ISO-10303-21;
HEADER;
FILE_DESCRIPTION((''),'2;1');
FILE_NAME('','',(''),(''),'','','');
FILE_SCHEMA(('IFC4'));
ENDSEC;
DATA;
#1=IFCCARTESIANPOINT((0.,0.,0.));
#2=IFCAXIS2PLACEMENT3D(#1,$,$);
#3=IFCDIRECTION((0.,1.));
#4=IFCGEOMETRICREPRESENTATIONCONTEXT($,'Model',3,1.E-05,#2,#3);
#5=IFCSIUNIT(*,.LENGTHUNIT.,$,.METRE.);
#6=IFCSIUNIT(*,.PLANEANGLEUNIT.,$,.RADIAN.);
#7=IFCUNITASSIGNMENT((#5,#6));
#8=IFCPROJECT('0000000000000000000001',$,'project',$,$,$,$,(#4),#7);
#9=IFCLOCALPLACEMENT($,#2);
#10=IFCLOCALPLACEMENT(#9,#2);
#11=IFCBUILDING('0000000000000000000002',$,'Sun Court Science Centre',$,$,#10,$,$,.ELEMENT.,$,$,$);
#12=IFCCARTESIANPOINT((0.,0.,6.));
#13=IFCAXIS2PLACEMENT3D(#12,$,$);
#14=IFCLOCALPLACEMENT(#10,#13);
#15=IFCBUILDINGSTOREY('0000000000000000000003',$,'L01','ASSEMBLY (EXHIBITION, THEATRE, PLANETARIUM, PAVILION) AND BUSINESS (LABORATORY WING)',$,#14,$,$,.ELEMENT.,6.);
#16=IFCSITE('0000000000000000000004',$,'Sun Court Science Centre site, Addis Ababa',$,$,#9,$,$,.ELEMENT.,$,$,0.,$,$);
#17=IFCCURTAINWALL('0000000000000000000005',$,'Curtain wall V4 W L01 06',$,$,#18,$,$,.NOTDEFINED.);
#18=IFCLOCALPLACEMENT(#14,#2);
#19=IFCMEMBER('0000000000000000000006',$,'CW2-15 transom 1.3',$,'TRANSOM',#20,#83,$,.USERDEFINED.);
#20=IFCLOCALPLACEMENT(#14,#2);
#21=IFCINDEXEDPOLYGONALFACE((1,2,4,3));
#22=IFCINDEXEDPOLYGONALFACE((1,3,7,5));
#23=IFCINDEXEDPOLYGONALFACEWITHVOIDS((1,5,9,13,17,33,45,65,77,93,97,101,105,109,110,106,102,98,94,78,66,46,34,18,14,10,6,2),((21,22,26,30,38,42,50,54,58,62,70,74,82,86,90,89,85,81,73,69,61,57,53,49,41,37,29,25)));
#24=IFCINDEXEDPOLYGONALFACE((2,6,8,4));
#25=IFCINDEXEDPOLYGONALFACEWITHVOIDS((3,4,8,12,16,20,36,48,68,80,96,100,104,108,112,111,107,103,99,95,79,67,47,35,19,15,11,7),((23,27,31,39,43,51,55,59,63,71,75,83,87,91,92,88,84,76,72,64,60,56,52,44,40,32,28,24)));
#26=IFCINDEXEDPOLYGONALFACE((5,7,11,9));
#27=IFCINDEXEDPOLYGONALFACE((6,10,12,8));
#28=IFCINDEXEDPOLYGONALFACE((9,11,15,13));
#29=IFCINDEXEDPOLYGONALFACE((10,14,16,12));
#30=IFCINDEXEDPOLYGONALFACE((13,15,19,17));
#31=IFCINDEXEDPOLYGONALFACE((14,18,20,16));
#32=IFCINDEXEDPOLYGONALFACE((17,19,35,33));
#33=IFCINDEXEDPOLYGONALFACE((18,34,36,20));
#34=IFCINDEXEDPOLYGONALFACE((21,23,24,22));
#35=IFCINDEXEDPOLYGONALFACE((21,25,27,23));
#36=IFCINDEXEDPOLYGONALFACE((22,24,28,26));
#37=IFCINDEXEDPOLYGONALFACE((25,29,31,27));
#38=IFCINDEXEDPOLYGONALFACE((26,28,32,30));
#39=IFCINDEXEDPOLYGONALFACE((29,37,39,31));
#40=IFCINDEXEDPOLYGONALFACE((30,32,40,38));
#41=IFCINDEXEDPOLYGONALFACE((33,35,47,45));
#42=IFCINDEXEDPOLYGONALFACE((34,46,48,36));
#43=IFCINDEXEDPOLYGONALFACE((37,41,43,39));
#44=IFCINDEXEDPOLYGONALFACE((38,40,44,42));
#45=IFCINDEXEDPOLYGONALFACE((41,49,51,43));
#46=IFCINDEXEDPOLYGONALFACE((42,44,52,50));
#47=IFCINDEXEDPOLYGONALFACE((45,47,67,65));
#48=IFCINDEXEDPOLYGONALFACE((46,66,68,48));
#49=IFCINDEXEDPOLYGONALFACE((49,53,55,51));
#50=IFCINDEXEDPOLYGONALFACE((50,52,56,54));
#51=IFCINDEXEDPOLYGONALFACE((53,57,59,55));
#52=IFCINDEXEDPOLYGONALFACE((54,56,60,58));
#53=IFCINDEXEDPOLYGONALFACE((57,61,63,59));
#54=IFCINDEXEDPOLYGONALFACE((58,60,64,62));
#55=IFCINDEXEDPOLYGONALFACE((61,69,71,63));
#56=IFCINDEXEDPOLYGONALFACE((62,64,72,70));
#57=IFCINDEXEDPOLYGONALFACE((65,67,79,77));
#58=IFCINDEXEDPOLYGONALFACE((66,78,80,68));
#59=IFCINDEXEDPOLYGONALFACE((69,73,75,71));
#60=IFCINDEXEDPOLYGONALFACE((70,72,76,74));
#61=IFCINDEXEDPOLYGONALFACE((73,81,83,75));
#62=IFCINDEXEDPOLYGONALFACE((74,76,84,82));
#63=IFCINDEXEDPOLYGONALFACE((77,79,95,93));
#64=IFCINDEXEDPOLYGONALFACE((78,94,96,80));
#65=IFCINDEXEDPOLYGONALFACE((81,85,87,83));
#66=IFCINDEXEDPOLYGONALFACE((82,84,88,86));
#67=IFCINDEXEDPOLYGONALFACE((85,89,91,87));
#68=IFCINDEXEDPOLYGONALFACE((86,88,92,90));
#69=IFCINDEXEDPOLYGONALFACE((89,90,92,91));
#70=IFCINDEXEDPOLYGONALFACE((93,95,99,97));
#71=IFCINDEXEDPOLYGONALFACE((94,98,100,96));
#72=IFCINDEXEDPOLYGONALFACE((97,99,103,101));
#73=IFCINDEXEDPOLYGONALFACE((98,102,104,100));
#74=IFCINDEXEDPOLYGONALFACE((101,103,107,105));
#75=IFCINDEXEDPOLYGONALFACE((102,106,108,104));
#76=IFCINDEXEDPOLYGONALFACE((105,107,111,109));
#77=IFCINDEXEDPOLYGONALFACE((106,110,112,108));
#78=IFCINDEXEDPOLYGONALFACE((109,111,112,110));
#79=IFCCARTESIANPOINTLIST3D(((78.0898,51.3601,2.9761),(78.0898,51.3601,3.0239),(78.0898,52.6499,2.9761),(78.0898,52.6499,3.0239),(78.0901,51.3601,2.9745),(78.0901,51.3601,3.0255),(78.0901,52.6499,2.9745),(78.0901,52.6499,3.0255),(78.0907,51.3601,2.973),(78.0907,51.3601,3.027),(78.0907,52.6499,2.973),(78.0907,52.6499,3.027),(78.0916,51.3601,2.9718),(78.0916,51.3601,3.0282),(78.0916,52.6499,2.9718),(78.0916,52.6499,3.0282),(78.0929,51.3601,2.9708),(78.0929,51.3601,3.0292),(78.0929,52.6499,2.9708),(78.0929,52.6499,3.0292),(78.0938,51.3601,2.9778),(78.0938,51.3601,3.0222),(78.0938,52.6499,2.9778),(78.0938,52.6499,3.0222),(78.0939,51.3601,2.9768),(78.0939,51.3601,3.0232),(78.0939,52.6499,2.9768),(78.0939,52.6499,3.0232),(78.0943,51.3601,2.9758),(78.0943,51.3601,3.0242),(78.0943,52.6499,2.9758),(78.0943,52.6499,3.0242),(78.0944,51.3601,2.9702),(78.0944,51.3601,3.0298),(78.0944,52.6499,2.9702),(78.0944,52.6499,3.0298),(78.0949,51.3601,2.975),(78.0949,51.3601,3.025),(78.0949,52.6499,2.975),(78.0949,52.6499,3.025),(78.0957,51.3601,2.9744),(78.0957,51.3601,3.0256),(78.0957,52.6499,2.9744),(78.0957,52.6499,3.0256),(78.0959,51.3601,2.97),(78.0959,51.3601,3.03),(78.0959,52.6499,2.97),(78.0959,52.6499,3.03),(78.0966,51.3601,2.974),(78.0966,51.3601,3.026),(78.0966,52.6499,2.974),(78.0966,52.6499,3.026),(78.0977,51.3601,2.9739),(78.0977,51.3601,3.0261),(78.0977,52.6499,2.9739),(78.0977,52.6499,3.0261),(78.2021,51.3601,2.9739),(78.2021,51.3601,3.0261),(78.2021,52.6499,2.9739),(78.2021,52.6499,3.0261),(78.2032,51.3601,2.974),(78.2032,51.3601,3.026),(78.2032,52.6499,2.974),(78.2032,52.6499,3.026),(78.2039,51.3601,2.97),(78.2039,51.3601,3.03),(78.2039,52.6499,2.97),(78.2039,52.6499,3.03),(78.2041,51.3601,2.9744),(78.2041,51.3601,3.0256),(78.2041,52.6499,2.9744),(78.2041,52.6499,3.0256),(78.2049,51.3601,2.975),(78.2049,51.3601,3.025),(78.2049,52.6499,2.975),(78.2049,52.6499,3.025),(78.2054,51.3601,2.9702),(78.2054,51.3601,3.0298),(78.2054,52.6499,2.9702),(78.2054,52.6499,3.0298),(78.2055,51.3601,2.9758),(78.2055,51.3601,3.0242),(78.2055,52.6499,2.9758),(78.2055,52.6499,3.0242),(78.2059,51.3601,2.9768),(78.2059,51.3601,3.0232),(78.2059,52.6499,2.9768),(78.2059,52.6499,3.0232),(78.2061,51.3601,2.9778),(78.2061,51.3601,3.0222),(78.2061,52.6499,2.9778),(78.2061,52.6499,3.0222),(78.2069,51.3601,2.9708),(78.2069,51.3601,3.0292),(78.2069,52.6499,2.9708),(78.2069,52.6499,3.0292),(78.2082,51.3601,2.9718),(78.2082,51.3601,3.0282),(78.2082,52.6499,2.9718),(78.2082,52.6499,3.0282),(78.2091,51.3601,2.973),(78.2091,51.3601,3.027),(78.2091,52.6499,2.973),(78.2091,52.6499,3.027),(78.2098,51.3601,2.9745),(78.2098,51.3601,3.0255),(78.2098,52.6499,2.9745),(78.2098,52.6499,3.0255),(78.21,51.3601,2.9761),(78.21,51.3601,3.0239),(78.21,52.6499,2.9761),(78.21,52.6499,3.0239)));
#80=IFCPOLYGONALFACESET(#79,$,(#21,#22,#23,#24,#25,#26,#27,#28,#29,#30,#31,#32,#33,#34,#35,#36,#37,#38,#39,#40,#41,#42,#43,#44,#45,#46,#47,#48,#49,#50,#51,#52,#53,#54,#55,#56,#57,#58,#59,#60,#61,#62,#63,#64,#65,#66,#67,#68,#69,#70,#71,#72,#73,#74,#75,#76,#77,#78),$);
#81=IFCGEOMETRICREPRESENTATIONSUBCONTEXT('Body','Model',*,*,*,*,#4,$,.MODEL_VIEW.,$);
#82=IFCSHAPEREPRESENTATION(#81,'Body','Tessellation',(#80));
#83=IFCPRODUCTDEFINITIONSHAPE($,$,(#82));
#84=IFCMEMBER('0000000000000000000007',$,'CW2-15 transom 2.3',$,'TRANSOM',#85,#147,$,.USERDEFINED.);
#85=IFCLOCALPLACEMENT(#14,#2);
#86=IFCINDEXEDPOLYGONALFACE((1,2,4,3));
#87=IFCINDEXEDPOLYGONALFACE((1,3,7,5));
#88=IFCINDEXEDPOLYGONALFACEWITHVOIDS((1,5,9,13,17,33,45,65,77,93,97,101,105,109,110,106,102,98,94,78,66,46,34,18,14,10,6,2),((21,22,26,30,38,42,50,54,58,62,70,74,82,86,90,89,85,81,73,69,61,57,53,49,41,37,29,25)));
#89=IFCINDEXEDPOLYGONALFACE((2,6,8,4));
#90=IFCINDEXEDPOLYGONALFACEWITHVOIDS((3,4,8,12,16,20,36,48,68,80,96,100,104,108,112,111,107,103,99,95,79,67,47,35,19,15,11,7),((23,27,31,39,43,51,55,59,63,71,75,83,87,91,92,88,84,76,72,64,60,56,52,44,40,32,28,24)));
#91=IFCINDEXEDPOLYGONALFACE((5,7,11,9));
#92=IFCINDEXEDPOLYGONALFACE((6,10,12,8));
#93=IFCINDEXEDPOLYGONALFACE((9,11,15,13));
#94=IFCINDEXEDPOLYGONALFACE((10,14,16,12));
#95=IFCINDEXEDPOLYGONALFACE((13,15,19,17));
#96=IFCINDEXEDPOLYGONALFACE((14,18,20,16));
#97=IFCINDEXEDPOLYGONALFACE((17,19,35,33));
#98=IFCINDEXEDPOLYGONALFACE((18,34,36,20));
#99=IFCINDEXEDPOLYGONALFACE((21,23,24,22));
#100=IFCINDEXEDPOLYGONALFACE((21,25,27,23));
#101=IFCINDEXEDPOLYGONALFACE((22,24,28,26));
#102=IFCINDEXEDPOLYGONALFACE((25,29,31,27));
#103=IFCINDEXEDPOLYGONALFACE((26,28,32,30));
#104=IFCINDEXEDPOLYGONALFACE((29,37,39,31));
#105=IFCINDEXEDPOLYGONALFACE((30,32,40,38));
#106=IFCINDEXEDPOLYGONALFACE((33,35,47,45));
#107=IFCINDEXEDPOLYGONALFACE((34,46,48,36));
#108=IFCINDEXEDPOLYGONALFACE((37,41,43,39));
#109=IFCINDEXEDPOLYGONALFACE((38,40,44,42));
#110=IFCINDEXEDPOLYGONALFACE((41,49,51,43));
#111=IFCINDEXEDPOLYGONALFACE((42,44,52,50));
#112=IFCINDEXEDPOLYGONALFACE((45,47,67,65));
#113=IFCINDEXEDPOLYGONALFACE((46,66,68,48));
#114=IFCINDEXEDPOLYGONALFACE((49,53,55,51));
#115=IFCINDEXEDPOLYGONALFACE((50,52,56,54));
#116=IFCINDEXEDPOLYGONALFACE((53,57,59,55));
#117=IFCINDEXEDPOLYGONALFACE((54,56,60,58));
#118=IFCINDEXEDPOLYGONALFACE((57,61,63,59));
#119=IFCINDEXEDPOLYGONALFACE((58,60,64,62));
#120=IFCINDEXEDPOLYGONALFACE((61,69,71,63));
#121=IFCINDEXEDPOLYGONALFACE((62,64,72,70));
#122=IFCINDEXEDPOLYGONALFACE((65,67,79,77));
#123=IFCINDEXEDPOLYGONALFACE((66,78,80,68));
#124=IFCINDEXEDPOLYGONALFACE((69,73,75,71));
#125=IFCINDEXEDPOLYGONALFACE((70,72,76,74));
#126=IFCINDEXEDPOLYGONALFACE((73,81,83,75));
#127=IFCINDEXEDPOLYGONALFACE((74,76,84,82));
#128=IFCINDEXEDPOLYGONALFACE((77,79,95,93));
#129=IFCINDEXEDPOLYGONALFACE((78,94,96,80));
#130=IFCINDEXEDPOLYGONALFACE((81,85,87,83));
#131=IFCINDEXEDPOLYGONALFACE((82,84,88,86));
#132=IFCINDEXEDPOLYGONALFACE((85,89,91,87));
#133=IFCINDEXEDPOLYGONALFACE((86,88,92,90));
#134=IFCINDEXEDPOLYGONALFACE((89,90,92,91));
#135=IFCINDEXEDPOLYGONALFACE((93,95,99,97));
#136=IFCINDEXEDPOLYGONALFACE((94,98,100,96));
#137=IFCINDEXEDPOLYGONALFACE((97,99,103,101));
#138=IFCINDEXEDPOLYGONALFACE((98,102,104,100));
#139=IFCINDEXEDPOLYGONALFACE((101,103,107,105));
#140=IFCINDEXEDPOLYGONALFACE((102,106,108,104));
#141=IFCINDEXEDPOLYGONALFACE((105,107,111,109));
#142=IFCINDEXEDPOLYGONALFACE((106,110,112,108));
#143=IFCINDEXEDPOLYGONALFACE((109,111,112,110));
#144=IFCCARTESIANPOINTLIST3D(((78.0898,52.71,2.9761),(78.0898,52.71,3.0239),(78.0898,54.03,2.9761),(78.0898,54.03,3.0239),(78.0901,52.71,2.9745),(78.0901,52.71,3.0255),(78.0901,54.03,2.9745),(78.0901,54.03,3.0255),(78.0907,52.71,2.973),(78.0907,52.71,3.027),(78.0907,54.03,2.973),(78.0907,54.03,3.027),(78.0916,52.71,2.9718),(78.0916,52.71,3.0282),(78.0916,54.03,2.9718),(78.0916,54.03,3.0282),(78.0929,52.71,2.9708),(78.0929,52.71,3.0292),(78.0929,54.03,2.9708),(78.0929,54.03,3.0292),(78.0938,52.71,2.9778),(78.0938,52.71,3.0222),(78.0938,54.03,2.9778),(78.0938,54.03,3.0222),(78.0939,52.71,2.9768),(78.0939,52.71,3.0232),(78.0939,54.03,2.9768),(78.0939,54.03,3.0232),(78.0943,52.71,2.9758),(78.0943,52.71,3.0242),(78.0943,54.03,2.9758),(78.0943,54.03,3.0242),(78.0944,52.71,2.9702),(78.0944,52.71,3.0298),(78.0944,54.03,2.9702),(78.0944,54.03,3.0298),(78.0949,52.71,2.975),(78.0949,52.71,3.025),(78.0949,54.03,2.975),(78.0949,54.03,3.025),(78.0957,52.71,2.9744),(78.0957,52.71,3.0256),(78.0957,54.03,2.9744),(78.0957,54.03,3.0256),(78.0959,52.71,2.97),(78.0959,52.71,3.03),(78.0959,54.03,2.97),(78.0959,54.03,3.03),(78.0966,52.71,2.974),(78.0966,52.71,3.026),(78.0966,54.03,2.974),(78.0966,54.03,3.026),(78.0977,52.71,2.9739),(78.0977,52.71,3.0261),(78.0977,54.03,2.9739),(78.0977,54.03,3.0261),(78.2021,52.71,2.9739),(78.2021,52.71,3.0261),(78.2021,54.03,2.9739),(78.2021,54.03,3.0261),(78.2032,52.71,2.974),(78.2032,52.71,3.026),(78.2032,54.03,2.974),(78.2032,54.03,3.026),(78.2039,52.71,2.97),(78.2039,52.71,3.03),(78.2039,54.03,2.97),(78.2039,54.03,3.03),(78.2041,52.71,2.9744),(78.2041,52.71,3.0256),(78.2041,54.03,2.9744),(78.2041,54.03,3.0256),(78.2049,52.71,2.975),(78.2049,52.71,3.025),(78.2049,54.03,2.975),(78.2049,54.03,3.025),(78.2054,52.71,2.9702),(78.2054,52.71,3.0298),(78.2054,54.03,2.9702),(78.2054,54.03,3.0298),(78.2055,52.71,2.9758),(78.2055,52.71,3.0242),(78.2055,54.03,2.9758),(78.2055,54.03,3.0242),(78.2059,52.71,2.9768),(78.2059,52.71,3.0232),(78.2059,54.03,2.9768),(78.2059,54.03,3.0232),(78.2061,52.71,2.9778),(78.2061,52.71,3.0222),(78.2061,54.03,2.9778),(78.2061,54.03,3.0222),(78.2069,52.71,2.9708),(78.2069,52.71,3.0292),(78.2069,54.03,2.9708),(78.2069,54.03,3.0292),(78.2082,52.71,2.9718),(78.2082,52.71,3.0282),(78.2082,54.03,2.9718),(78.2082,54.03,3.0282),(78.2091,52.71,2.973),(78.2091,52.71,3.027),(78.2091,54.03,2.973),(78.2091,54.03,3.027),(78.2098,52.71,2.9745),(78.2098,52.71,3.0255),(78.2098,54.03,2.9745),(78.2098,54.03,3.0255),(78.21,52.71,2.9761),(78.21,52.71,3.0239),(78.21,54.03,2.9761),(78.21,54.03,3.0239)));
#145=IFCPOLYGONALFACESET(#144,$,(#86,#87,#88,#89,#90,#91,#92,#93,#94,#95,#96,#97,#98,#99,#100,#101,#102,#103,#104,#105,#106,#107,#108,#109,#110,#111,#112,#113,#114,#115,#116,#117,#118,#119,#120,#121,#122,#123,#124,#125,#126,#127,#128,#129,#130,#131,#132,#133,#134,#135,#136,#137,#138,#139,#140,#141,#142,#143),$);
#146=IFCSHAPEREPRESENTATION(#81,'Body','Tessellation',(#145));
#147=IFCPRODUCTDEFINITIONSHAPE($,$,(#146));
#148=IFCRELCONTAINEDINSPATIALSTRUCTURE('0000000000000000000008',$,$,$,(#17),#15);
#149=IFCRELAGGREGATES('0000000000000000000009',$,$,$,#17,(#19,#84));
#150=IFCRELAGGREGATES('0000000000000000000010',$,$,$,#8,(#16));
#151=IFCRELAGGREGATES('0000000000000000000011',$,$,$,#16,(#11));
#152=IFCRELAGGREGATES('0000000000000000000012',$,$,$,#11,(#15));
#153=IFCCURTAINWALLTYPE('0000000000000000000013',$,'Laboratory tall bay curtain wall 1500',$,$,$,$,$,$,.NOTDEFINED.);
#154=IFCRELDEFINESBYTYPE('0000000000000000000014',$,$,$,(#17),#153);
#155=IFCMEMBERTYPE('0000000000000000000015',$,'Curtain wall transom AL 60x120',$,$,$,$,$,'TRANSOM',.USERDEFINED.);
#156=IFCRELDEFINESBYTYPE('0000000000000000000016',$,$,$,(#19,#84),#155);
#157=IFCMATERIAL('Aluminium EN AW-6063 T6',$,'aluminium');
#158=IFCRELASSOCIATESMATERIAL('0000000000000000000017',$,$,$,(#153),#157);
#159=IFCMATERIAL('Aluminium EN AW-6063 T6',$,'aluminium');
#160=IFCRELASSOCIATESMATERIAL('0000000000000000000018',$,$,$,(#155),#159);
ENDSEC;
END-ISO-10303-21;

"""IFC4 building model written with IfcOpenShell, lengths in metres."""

from ifc_helpers import new_model, si_unit, direction, frame, origin, origin_2d, place, context, subcontext, project, spatial, hollow_rectangle, extrude, material, material_profile, profile_set, type_object, element, aggregate, save


model = new_model("IFC4")

# Units and contexts
model_context = context("Model", 3, precision=1e-05, world=origin(), true_north=direction((0.0, 1.0)))
body_context = subcontext(model_context, "Body", "Model", "MODEL_VIEW")
ifc_project = project(units=[si_unit("LENGTHUNIT", "METRE"), si_unit("PLANEANGLEUNIT", "RADIAN")], contexts=[model_context])

# Site, building, storey
site_placement = place(None, origin())
site = spatial("IfcSite", under=ifc_project, at=site_placement, Name="Sun Court Science Centre site, Addis Ababa", CompositionType="ELEMENT", RefElevation=0.0)
building_placement = place(site_placement, origin())
building = spatial("IfcBuilding", under=site, at=building_placement, Name="Sun Court Science Centre", CompositionType="ELEMENT")
storey_placement = place(building_placement, frame((0.0, 0.0, 6.0)))
storey = spatial("IfcBuildingStorey", under=building, at=storey_placement, Name="L01", Description="ASSEMBLY (EXHIBITION, THEATRE, PLANETARIUM, PAVILION) AND BUSINESS (LABORATORY WING)", CompositionType="ELEMENT", Elevation=6.0)

# Shared definitions
ifc_material_1 = material(Name="Aluminium EN AW-6063 T6", Category="aluminium")
curtain_wall_type = type_object("IfcCurtainWallType", Name="Laboratory tall bay curtain wall 1500", PredefinedType="NOTDEFINED", material=ifc_material_1)

# Curtain wall, members
curtain_wall_1_placement = place(storey_placement, origin())
curtain_wall_1 = element("IfcCurtainWall", 1, at=curtain_wall_1_placement, inside=storey, type_object=curtain_wall_type, Name="Curtain wall V4 W L01 06", PredefinedType="NOTDEFINED")
ifc_material_2 = material(Name="Aluminium EN AW-6063 T6", Category="aluminium")
ifc_material_profile_1 = material_profile(ifc_material_2, hollow_rectangle(XDim=0.0601, YDim=0.1201, WallThickness=0.0039, InnerFilletRadius=0.0039, OuterFilletRadius=0.0061, at=origin_2d()), Name="AL 60x120x4")
ifc_profile_set_1 = profile_set([ifc_material_profile_1], Name="Aluminium EN AW-6063 T6")
member_type_1 = type_object("IfcMemberType", Name="Curtain wall transom AL 60x120", ElementType="TRANSOM", PredefinedType="USERDEFINED", material=ifc_profile_set_1)
member_1_placement = place(storey_placement, frame((78.1499, 51.3601, 3.0), z_axis=(0.0, 1.0, 0.0), x_axis=(0.0, 0.0, 1.0)))
member_1 = element("IfcMember", 2, at=member_1_placement, type_object=member_type_1, Name="CW2-15 transom 1.3", ObjectType="TRANSOM", PredefinedType="USERDEFINED", context=body_context, shape_type="SweptSolid", body=[
    extrude(hollow_rectangle(XDim=0.0601, YDim=0.1201, WallThickness=0.0039, InnerFilletRadius=0.0039, OuterFilletRadius=0.0061, at=origin_2d()), origin(), (0.0, 0.0, 1.0), 1.2898),
])
member_2_placement = place(storey_placement, frame((78.1499, 52.71, 3.0), z_axis=(0.0, 1.0, 0.0), x_axis=(0.0, 0.0, 1.0)))
member_2 = element("IfcMember", 3, at=member_2_placement, type_object=member_type_1, Name="CW2-15 transom 2.3", ObjectType="TRANSOM", PredefinedType="USERDEFINED", context=body_context, shape_type="SweptSolid", body=[
    extrude(hollow_rectangle(XDim=0.0601, YDim=0.1201, WallThickness=0.0039, InnerFilletRadius=0.0039, OuterFilletRadius=0.0061, at=origin_2d()), origin(), (0.0, 0.0, 1.0), 1.3201),
])

aggregate(curtain_wall_1, [member_1, member_2])

save(model, "model.ifc")
